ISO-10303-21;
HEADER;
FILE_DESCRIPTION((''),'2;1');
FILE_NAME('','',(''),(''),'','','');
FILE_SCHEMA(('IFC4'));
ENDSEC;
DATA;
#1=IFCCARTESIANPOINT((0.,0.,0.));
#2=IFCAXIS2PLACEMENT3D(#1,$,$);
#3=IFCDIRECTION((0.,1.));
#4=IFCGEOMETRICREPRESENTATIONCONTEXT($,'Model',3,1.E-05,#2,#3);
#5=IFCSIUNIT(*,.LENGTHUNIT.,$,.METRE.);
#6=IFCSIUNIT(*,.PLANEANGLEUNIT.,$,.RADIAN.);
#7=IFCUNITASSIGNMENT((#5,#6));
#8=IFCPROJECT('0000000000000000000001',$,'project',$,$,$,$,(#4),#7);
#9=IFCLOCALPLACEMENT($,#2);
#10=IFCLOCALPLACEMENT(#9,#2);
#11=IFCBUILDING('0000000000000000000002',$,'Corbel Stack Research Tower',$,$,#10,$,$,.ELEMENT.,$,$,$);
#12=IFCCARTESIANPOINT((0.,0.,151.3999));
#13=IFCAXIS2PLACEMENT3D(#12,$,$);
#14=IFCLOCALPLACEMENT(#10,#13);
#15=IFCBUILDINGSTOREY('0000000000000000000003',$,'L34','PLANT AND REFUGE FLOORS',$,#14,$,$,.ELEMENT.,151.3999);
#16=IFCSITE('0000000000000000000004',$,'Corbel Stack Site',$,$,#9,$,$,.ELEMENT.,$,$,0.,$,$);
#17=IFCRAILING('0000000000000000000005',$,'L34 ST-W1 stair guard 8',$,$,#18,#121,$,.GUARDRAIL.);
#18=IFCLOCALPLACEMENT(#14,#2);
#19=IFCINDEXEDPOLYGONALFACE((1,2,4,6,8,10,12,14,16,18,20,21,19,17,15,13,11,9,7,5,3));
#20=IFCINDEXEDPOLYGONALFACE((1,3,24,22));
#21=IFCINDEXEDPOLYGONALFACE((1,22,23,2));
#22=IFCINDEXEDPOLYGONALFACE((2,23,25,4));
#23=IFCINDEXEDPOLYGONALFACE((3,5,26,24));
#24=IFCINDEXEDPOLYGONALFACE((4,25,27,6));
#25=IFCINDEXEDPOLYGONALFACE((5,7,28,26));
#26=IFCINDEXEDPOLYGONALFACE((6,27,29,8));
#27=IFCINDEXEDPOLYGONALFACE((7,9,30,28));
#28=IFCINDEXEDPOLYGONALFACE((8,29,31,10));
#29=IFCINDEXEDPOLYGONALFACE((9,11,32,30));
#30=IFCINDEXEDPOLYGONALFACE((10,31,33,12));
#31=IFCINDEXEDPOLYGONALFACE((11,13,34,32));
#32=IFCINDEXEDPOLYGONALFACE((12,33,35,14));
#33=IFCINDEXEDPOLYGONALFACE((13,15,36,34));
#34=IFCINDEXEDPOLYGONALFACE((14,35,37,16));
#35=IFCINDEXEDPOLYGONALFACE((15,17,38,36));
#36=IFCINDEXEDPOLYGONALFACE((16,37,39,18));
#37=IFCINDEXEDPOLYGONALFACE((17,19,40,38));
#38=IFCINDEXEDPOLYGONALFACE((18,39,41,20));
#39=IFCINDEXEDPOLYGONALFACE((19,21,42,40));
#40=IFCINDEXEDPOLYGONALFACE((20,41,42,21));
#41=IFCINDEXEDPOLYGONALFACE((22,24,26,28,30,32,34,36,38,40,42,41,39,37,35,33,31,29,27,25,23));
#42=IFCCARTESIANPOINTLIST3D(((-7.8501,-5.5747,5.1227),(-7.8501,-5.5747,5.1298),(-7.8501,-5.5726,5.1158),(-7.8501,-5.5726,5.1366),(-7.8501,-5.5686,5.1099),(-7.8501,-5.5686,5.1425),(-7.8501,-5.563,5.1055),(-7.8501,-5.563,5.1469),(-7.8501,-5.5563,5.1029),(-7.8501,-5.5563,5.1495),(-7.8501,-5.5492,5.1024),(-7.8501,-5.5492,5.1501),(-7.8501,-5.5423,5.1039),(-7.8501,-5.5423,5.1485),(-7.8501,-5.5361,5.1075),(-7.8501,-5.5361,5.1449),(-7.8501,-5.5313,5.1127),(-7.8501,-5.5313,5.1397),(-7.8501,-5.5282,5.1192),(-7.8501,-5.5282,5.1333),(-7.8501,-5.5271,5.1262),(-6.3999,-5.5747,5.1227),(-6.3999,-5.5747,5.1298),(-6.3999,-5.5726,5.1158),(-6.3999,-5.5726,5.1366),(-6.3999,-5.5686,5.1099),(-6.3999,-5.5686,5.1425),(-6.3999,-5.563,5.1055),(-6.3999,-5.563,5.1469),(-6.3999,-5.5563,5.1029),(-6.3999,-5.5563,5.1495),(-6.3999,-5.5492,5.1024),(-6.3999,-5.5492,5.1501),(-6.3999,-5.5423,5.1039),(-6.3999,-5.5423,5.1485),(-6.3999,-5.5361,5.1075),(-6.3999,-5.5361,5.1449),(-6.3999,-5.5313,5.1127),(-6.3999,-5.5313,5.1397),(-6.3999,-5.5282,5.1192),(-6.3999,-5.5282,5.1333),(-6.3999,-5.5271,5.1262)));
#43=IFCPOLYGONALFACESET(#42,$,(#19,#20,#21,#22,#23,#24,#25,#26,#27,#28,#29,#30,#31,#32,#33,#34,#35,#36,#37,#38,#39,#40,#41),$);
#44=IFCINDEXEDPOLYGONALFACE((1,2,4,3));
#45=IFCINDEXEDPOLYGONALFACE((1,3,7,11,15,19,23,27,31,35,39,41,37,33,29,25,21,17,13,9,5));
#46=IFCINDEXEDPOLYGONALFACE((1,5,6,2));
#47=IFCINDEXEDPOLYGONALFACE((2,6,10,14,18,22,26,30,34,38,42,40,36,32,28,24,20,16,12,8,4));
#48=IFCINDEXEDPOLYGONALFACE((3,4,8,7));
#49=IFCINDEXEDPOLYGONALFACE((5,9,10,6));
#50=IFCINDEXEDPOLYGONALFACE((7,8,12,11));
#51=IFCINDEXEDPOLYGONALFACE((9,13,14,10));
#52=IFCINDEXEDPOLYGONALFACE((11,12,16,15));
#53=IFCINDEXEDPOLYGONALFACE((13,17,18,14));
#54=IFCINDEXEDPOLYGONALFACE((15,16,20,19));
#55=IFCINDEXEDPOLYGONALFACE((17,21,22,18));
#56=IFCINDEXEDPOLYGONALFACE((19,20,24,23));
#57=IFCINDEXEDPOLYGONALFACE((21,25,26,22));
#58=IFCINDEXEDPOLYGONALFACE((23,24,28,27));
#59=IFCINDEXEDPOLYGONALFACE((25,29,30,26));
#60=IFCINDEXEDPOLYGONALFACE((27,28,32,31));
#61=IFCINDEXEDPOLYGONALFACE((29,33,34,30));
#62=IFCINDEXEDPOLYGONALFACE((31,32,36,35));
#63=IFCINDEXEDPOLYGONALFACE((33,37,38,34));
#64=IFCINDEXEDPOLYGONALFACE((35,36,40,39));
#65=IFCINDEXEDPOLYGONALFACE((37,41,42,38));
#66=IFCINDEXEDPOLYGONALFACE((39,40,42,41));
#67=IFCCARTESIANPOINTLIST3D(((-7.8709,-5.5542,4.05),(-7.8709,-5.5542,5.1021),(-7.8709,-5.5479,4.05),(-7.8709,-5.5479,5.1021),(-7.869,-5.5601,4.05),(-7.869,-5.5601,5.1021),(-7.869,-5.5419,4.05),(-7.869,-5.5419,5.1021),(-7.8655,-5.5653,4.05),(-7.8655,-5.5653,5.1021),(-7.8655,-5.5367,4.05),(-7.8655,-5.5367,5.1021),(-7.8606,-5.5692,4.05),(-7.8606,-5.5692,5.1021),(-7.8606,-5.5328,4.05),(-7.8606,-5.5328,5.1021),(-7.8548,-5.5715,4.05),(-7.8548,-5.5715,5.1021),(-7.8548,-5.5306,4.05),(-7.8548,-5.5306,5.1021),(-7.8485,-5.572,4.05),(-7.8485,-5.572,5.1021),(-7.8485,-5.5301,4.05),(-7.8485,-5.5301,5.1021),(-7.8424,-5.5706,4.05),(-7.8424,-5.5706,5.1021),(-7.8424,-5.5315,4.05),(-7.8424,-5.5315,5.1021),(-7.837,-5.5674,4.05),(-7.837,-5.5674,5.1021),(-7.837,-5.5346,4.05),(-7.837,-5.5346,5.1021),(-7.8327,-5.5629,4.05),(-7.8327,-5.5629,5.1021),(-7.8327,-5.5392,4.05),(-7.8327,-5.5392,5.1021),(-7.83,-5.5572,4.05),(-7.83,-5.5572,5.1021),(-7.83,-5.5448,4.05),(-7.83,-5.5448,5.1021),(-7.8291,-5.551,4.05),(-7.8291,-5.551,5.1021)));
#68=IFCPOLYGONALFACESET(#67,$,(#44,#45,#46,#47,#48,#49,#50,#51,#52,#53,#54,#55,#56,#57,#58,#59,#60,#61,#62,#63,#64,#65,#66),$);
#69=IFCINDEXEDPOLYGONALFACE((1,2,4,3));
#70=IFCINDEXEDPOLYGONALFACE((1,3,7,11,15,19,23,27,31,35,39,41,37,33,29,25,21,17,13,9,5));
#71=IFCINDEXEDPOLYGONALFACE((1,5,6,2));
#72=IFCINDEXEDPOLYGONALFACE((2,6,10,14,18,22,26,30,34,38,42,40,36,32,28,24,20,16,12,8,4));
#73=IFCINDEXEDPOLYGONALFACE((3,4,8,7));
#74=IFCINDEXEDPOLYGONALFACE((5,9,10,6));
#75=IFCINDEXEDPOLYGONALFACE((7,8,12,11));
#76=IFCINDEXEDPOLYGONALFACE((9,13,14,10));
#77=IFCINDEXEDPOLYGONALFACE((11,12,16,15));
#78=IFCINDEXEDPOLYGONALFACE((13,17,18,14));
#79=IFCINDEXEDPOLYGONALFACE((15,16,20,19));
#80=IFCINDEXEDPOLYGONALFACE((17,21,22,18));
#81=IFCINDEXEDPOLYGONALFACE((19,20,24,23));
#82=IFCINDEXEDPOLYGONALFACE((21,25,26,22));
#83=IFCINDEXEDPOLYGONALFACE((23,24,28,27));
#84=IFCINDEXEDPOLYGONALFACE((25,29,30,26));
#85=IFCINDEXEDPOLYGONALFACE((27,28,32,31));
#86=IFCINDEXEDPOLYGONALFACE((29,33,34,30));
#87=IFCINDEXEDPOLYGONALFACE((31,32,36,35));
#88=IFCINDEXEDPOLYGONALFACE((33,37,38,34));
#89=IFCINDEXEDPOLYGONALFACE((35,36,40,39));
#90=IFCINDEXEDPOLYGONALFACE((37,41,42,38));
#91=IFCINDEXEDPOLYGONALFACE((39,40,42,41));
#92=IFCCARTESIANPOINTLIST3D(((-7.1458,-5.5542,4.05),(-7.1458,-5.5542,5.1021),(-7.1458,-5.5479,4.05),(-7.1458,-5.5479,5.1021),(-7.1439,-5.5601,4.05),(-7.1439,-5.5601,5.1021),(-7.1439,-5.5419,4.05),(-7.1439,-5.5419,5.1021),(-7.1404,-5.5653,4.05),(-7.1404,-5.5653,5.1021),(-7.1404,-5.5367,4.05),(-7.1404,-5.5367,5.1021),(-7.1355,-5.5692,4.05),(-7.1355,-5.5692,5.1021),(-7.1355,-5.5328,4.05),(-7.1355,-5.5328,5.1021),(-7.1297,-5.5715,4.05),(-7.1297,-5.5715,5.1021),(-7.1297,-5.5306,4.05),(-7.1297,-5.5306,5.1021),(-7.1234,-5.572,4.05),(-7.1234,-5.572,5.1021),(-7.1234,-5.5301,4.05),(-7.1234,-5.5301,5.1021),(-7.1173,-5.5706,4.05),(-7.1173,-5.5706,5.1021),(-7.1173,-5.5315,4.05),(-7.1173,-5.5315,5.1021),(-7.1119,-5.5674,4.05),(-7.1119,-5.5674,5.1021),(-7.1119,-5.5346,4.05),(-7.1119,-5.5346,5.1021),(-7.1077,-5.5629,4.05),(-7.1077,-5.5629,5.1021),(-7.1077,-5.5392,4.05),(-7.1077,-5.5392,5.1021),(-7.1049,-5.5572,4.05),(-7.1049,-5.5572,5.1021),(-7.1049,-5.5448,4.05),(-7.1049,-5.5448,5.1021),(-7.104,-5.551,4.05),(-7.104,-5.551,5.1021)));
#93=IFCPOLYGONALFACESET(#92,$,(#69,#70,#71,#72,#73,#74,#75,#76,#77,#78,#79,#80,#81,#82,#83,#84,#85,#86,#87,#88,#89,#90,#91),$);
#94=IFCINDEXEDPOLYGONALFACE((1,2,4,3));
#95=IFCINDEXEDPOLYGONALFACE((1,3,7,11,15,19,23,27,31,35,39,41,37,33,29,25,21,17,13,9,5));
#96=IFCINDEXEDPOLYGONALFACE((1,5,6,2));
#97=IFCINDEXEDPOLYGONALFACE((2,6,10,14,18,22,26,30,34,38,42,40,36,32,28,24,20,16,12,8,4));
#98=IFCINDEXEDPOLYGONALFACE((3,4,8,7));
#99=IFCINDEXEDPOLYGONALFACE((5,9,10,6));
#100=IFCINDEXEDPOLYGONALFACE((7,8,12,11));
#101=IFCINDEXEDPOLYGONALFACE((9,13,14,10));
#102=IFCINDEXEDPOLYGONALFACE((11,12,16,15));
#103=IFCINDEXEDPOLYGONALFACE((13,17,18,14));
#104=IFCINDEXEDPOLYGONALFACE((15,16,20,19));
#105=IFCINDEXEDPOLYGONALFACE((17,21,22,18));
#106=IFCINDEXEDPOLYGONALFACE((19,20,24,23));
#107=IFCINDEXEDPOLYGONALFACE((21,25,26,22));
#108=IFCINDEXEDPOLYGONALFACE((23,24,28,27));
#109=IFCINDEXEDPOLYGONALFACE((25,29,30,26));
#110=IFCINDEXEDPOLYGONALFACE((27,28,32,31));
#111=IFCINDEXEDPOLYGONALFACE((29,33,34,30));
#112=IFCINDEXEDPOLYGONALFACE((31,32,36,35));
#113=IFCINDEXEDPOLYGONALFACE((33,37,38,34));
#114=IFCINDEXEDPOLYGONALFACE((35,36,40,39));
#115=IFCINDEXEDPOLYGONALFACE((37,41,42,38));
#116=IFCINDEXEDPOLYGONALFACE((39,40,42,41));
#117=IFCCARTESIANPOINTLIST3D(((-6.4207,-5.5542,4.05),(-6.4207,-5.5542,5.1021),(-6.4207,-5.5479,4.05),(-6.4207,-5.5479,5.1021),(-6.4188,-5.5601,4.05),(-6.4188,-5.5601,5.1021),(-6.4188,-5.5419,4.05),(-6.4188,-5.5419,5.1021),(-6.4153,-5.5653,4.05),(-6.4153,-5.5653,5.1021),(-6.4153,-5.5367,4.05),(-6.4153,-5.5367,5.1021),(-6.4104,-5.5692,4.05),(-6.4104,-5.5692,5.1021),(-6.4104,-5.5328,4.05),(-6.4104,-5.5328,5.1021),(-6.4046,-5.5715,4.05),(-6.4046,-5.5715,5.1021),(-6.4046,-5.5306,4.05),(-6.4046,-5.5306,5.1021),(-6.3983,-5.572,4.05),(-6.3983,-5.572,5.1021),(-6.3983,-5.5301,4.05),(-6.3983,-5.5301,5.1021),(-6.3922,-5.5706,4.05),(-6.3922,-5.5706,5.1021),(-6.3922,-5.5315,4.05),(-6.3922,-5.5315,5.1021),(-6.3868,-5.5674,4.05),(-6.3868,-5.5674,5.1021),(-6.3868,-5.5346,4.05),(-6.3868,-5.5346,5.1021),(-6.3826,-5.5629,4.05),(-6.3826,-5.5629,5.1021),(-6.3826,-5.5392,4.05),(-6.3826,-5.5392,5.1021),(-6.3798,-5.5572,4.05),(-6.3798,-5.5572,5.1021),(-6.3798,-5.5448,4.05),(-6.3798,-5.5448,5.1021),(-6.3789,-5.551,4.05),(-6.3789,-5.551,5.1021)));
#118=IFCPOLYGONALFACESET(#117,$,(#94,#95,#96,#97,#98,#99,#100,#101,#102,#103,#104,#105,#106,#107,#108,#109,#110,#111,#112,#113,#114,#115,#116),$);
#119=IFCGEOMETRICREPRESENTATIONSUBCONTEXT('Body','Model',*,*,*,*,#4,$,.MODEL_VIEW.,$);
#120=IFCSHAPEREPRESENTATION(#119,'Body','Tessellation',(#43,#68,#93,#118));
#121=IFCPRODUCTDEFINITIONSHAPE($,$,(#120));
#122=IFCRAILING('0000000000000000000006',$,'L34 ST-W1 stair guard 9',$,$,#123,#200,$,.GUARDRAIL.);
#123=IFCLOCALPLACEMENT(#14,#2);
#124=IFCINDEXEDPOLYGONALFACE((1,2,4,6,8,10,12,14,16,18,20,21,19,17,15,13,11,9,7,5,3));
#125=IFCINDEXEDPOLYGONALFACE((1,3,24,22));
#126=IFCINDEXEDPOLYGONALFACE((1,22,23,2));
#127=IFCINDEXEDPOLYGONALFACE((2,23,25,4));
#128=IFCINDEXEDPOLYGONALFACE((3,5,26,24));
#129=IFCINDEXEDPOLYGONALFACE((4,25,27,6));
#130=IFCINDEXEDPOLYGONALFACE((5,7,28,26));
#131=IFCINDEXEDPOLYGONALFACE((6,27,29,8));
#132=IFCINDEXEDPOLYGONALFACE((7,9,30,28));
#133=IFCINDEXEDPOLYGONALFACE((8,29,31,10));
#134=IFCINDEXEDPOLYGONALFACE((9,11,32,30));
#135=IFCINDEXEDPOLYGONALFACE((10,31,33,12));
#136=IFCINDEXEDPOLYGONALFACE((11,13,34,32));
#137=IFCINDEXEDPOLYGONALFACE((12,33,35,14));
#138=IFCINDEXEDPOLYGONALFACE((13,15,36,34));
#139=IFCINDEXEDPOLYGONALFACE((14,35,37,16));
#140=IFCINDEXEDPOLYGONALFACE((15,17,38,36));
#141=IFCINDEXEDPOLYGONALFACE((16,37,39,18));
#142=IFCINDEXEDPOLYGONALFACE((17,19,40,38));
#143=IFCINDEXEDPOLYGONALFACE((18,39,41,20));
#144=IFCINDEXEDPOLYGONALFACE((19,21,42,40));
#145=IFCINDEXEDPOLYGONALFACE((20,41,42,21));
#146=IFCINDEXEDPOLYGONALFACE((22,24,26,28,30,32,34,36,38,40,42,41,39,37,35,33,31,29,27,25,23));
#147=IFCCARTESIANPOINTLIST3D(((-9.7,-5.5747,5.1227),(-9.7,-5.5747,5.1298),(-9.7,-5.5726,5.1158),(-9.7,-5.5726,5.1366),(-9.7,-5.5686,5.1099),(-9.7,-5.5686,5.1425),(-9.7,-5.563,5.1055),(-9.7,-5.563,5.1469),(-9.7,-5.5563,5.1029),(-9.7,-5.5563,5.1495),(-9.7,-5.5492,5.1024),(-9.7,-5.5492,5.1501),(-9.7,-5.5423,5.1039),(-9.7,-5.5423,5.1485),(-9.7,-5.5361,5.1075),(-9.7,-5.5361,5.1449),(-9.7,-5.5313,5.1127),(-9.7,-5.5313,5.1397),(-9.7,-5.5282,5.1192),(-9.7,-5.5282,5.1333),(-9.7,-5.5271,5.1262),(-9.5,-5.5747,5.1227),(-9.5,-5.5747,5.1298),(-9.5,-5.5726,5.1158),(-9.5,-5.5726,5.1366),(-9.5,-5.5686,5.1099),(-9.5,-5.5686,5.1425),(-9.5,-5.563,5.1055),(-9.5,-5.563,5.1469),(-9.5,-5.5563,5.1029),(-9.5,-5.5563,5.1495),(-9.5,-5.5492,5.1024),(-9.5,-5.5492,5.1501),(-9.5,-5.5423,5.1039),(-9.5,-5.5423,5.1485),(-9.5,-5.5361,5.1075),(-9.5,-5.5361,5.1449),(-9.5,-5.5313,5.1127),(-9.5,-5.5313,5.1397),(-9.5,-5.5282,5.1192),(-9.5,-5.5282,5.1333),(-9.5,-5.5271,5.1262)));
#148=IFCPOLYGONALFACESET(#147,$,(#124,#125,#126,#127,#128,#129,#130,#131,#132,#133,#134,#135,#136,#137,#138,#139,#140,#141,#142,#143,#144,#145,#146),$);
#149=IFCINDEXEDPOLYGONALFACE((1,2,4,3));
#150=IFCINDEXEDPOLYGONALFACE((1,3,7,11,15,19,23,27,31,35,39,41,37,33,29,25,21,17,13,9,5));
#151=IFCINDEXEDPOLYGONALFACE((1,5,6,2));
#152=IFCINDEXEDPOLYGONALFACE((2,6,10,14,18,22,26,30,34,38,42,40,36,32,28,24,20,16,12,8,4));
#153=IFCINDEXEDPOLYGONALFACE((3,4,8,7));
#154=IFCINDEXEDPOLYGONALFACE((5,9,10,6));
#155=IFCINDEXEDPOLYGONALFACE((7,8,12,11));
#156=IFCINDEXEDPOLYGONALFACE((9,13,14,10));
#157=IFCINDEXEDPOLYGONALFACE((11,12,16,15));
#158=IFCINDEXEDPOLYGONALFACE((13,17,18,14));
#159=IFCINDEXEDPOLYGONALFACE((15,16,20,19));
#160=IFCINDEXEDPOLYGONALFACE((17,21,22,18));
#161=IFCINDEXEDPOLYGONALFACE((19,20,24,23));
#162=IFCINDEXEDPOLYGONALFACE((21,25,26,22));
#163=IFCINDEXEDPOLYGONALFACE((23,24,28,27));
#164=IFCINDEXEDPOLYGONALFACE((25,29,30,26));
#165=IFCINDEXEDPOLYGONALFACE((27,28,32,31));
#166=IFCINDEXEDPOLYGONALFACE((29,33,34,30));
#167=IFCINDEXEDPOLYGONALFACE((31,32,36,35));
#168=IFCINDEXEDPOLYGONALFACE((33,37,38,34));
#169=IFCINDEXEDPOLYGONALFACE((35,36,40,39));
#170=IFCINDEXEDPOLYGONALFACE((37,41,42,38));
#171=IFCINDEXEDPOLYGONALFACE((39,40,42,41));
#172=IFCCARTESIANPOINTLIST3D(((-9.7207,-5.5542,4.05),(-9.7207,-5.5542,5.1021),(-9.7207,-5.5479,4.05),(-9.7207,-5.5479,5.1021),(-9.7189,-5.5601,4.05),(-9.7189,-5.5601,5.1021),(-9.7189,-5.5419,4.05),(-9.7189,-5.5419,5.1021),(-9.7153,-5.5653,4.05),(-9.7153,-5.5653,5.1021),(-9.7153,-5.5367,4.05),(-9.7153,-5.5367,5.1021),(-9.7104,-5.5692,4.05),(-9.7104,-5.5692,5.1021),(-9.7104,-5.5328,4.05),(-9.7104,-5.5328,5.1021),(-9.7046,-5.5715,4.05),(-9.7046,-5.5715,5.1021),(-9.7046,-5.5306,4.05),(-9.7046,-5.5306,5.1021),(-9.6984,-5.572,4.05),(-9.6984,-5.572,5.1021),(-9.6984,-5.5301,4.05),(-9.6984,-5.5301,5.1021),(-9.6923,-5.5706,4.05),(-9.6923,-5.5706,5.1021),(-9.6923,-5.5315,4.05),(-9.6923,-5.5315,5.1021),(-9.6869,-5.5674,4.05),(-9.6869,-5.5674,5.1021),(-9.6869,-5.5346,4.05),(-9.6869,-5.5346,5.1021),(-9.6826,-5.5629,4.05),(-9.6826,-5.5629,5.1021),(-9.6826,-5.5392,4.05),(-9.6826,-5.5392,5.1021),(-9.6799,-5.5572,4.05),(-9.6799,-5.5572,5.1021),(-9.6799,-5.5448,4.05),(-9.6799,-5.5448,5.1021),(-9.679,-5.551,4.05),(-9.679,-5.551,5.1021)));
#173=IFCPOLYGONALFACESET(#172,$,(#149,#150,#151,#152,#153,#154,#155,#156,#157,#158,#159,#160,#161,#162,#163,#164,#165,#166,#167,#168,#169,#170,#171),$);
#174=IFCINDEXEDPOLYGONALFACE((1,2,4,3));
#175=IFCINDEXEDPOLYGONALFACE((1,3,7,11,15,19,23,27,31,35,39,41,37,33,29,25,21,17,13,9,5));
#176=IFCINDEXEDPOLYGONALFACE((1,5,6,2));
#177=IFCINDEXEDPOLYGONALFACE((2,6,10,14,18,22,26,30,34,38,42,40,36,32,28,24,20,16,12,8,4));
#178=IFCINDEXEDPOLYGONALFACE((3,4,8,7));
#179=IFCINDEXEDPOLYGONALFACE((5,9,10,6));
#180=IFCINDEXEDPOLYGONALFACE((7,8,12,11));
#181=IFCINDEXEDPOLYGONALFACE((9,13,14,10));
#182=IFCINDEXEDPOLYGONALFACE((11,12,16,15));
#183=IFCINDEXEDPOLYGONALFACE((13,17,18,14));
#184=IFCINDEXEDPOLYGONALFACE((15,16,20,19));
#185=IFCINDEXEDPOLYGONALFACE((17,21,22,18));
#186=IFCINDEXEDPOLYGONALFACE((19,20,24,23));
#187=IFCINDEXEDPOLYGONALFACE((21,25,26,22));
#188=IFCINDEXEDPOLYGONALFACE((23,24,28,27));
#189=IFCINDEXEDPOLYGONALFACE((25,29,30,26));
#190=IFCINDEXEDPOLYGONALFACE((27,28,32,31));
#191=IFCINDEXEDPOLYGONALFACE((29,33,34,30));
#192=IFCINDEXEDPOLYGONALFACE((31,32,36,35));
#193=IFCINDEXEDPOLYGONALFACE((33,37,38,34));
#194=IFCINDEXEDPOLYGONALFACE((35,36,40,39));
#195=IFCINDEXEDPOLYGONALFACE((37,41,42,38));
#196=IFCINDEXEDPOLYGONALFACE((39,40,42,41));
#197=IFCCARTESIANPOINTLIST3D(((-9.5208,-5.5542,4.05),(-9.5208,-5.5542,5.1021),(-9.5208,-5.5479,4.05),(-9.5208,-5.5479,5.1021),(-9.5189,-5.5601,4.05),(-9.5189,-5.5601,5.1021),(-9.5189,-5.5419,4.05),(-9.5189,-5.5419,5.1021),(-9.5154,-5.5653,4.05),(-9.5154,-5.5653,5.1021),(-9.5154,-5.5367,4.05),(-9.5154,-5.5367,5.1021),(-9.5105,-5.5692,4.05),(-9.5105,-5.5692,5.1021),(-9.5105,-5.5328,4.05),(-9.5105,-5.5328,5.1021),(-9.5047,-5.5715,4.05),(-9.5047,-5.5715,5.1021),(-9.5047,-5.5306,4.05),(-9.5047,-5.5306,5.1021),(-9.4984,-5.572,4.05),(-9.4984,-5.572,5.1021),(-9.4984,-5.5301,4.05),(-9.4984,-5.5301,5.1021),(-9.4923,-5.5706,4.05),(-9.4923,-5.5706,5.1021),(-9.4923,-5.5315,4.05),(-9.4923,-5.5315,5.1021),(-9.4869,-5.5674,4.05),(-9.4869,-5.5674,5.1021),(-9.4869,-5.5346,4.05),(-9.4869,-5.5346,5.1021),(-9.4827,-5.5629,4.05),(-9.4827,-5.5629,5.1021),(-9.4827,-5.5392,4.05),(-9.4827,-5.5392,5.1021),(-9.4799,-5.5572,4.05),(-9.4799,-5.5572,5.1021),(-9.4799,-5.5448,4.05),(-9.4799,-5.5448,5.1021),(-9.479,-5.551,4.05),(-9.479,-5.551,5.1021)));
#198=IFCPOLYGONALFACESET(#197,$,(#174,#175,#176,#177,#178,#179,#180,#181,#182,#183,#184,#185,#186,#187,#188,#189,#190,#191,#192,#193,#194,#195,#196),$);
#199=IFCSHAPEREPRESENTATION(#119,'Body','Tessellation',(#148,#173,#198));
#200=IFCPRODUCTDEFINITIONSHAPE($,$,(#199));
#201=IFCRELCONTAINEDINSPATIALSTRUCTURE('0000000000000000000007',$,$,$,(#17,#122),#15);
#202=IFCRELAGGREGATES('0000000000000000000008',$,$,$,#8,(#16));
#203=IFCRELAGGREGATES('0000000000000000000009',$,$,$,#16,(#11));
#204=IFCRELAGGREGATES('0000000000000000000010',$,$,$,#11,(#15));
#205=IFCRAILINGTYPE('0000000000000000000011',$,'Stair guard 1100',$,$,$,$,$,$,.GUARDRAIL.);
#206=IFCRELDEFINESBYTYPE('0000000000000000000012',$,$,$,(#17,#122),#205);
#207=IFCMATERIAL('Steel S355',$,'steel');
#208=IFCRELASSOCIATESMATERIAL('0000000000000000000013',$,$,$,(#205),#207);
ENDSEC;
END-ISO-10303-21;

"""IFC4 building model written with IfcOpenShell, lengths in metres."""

from ifc_helpers import new_model, si_unit, direction, frame, origin, origin_2d, place, context, subcontext, project, spatial, circle, extrude, material, type_object, element, save


model = new_model("IFC4")

# Units and contexts
model_context = context("Model", 3, precision=1e-05, world=origin(), true_north=direction((0.0, 1.0)))
body_context = subcontext(model_context, "Body", "Model", "MODEL_VIEW")
ifc_project = project(units=[si_unit("LENGTHUNIT", "METRE"), si_unit("PLANEANGLEUNIT", "RADIAN")], contexts=[model_context])

# Site, building, storey
site_placement = place(None, origin())
site = spatial("IfcSite", under=ifc_project, at=site_placement, Name="Corbel Stack Site", CompositionType="ELEMENT", RefElevation=0.0)
building_placement = place(site_placement, origin())
building = spatial("IfcBuilding", under=site, at=building_placement, Name="Corbel Stack Research Tower", CompositionType="ELEMENT")
storey_placement = place(building_placement, frame((0.0, 0.0, 151.3999)))
storey = spatial("IfcBuildingStorey", under=building, at=storey_placement, Name="L34", Description="PLANT AND REFUGE FLOORS", CompositionType="ELEMENT", Elevation=151.3999)

# Railings
ifc_material_1 = material(Name="Steel S355", Category="steel")
railing_type_1 = type_object("IfcRailingType", Name="Stair guard 1100", PredefinedType="GUARDRAIL", material=ifc_material_1)
railing_1_placement = place(storey_placement, frame((-7.8501, -5.551, 4.05)))
element("IfcRailing", 1, at=railing_1_placement, inside=storey, type_object=railing_type_1, Name="L34 ST-W1 stair guard 8", PredefinedType="GUARDRAIL", context=body_context, shape_type="SweptSolid", body=[
    extrude(circle(Radius=0.0239, at=origin_2d()), frame((0.0, 0.0, 1.0762), z_axis=(1.0, 0.0, 0.0), x_axis=(0.0, 1.0, 0.0)), (0.0, 0.0, 1.0), 1.4502),
    extrude(circle(Radius=0.021, at=origin_2d()), origin(), (0.0, 0.0, 1.0), 1.052),
    extrude(circle(Radius=0.021, at=origin_2d()), frame((0.7251, 0.0, 0.0)), (0.0, 0.0, 1.0), 1.052),
    extrude(circle(Radius=0.021, at=origin_2d()), frame((1.4502, 0.0, 0.0)), (0.0, 0.0, 1.0), 1.052),
])
railing_2_placement = place(storey_placement, frame((-9.7, -5.551, 4.05)))
element("IfcRailing", 2, at=railing_2_placement, inside=storey, type_object=railing_type_1, Name="L34 ST-W1 stair guard 9", PredefinedType="GUARDRAIL", context=body_context, shape_type="SweptSolid", body=[
    extrude(circle(Radius=0.0239, at=origin_2d()), frame((0.0, 0.0, 1.0762), z_axis=(1.0, 0.0, 0.0), x_axis=(0.0, 1.0, 0.0)), (0.0, 0.0, 1.0), 0.2),
    extrude(circle(Radius=0.021, at=origin_2d()), origin(), (0.0, 0.0, 1.0), 1.052),
    extrude(circle(Radius=0.021, at=origin_2d()), frame((0.2, 0.0, 0.0)), (0.0, 0.0, 1.0), 1.052),
])

save(model, "model.ifc")
